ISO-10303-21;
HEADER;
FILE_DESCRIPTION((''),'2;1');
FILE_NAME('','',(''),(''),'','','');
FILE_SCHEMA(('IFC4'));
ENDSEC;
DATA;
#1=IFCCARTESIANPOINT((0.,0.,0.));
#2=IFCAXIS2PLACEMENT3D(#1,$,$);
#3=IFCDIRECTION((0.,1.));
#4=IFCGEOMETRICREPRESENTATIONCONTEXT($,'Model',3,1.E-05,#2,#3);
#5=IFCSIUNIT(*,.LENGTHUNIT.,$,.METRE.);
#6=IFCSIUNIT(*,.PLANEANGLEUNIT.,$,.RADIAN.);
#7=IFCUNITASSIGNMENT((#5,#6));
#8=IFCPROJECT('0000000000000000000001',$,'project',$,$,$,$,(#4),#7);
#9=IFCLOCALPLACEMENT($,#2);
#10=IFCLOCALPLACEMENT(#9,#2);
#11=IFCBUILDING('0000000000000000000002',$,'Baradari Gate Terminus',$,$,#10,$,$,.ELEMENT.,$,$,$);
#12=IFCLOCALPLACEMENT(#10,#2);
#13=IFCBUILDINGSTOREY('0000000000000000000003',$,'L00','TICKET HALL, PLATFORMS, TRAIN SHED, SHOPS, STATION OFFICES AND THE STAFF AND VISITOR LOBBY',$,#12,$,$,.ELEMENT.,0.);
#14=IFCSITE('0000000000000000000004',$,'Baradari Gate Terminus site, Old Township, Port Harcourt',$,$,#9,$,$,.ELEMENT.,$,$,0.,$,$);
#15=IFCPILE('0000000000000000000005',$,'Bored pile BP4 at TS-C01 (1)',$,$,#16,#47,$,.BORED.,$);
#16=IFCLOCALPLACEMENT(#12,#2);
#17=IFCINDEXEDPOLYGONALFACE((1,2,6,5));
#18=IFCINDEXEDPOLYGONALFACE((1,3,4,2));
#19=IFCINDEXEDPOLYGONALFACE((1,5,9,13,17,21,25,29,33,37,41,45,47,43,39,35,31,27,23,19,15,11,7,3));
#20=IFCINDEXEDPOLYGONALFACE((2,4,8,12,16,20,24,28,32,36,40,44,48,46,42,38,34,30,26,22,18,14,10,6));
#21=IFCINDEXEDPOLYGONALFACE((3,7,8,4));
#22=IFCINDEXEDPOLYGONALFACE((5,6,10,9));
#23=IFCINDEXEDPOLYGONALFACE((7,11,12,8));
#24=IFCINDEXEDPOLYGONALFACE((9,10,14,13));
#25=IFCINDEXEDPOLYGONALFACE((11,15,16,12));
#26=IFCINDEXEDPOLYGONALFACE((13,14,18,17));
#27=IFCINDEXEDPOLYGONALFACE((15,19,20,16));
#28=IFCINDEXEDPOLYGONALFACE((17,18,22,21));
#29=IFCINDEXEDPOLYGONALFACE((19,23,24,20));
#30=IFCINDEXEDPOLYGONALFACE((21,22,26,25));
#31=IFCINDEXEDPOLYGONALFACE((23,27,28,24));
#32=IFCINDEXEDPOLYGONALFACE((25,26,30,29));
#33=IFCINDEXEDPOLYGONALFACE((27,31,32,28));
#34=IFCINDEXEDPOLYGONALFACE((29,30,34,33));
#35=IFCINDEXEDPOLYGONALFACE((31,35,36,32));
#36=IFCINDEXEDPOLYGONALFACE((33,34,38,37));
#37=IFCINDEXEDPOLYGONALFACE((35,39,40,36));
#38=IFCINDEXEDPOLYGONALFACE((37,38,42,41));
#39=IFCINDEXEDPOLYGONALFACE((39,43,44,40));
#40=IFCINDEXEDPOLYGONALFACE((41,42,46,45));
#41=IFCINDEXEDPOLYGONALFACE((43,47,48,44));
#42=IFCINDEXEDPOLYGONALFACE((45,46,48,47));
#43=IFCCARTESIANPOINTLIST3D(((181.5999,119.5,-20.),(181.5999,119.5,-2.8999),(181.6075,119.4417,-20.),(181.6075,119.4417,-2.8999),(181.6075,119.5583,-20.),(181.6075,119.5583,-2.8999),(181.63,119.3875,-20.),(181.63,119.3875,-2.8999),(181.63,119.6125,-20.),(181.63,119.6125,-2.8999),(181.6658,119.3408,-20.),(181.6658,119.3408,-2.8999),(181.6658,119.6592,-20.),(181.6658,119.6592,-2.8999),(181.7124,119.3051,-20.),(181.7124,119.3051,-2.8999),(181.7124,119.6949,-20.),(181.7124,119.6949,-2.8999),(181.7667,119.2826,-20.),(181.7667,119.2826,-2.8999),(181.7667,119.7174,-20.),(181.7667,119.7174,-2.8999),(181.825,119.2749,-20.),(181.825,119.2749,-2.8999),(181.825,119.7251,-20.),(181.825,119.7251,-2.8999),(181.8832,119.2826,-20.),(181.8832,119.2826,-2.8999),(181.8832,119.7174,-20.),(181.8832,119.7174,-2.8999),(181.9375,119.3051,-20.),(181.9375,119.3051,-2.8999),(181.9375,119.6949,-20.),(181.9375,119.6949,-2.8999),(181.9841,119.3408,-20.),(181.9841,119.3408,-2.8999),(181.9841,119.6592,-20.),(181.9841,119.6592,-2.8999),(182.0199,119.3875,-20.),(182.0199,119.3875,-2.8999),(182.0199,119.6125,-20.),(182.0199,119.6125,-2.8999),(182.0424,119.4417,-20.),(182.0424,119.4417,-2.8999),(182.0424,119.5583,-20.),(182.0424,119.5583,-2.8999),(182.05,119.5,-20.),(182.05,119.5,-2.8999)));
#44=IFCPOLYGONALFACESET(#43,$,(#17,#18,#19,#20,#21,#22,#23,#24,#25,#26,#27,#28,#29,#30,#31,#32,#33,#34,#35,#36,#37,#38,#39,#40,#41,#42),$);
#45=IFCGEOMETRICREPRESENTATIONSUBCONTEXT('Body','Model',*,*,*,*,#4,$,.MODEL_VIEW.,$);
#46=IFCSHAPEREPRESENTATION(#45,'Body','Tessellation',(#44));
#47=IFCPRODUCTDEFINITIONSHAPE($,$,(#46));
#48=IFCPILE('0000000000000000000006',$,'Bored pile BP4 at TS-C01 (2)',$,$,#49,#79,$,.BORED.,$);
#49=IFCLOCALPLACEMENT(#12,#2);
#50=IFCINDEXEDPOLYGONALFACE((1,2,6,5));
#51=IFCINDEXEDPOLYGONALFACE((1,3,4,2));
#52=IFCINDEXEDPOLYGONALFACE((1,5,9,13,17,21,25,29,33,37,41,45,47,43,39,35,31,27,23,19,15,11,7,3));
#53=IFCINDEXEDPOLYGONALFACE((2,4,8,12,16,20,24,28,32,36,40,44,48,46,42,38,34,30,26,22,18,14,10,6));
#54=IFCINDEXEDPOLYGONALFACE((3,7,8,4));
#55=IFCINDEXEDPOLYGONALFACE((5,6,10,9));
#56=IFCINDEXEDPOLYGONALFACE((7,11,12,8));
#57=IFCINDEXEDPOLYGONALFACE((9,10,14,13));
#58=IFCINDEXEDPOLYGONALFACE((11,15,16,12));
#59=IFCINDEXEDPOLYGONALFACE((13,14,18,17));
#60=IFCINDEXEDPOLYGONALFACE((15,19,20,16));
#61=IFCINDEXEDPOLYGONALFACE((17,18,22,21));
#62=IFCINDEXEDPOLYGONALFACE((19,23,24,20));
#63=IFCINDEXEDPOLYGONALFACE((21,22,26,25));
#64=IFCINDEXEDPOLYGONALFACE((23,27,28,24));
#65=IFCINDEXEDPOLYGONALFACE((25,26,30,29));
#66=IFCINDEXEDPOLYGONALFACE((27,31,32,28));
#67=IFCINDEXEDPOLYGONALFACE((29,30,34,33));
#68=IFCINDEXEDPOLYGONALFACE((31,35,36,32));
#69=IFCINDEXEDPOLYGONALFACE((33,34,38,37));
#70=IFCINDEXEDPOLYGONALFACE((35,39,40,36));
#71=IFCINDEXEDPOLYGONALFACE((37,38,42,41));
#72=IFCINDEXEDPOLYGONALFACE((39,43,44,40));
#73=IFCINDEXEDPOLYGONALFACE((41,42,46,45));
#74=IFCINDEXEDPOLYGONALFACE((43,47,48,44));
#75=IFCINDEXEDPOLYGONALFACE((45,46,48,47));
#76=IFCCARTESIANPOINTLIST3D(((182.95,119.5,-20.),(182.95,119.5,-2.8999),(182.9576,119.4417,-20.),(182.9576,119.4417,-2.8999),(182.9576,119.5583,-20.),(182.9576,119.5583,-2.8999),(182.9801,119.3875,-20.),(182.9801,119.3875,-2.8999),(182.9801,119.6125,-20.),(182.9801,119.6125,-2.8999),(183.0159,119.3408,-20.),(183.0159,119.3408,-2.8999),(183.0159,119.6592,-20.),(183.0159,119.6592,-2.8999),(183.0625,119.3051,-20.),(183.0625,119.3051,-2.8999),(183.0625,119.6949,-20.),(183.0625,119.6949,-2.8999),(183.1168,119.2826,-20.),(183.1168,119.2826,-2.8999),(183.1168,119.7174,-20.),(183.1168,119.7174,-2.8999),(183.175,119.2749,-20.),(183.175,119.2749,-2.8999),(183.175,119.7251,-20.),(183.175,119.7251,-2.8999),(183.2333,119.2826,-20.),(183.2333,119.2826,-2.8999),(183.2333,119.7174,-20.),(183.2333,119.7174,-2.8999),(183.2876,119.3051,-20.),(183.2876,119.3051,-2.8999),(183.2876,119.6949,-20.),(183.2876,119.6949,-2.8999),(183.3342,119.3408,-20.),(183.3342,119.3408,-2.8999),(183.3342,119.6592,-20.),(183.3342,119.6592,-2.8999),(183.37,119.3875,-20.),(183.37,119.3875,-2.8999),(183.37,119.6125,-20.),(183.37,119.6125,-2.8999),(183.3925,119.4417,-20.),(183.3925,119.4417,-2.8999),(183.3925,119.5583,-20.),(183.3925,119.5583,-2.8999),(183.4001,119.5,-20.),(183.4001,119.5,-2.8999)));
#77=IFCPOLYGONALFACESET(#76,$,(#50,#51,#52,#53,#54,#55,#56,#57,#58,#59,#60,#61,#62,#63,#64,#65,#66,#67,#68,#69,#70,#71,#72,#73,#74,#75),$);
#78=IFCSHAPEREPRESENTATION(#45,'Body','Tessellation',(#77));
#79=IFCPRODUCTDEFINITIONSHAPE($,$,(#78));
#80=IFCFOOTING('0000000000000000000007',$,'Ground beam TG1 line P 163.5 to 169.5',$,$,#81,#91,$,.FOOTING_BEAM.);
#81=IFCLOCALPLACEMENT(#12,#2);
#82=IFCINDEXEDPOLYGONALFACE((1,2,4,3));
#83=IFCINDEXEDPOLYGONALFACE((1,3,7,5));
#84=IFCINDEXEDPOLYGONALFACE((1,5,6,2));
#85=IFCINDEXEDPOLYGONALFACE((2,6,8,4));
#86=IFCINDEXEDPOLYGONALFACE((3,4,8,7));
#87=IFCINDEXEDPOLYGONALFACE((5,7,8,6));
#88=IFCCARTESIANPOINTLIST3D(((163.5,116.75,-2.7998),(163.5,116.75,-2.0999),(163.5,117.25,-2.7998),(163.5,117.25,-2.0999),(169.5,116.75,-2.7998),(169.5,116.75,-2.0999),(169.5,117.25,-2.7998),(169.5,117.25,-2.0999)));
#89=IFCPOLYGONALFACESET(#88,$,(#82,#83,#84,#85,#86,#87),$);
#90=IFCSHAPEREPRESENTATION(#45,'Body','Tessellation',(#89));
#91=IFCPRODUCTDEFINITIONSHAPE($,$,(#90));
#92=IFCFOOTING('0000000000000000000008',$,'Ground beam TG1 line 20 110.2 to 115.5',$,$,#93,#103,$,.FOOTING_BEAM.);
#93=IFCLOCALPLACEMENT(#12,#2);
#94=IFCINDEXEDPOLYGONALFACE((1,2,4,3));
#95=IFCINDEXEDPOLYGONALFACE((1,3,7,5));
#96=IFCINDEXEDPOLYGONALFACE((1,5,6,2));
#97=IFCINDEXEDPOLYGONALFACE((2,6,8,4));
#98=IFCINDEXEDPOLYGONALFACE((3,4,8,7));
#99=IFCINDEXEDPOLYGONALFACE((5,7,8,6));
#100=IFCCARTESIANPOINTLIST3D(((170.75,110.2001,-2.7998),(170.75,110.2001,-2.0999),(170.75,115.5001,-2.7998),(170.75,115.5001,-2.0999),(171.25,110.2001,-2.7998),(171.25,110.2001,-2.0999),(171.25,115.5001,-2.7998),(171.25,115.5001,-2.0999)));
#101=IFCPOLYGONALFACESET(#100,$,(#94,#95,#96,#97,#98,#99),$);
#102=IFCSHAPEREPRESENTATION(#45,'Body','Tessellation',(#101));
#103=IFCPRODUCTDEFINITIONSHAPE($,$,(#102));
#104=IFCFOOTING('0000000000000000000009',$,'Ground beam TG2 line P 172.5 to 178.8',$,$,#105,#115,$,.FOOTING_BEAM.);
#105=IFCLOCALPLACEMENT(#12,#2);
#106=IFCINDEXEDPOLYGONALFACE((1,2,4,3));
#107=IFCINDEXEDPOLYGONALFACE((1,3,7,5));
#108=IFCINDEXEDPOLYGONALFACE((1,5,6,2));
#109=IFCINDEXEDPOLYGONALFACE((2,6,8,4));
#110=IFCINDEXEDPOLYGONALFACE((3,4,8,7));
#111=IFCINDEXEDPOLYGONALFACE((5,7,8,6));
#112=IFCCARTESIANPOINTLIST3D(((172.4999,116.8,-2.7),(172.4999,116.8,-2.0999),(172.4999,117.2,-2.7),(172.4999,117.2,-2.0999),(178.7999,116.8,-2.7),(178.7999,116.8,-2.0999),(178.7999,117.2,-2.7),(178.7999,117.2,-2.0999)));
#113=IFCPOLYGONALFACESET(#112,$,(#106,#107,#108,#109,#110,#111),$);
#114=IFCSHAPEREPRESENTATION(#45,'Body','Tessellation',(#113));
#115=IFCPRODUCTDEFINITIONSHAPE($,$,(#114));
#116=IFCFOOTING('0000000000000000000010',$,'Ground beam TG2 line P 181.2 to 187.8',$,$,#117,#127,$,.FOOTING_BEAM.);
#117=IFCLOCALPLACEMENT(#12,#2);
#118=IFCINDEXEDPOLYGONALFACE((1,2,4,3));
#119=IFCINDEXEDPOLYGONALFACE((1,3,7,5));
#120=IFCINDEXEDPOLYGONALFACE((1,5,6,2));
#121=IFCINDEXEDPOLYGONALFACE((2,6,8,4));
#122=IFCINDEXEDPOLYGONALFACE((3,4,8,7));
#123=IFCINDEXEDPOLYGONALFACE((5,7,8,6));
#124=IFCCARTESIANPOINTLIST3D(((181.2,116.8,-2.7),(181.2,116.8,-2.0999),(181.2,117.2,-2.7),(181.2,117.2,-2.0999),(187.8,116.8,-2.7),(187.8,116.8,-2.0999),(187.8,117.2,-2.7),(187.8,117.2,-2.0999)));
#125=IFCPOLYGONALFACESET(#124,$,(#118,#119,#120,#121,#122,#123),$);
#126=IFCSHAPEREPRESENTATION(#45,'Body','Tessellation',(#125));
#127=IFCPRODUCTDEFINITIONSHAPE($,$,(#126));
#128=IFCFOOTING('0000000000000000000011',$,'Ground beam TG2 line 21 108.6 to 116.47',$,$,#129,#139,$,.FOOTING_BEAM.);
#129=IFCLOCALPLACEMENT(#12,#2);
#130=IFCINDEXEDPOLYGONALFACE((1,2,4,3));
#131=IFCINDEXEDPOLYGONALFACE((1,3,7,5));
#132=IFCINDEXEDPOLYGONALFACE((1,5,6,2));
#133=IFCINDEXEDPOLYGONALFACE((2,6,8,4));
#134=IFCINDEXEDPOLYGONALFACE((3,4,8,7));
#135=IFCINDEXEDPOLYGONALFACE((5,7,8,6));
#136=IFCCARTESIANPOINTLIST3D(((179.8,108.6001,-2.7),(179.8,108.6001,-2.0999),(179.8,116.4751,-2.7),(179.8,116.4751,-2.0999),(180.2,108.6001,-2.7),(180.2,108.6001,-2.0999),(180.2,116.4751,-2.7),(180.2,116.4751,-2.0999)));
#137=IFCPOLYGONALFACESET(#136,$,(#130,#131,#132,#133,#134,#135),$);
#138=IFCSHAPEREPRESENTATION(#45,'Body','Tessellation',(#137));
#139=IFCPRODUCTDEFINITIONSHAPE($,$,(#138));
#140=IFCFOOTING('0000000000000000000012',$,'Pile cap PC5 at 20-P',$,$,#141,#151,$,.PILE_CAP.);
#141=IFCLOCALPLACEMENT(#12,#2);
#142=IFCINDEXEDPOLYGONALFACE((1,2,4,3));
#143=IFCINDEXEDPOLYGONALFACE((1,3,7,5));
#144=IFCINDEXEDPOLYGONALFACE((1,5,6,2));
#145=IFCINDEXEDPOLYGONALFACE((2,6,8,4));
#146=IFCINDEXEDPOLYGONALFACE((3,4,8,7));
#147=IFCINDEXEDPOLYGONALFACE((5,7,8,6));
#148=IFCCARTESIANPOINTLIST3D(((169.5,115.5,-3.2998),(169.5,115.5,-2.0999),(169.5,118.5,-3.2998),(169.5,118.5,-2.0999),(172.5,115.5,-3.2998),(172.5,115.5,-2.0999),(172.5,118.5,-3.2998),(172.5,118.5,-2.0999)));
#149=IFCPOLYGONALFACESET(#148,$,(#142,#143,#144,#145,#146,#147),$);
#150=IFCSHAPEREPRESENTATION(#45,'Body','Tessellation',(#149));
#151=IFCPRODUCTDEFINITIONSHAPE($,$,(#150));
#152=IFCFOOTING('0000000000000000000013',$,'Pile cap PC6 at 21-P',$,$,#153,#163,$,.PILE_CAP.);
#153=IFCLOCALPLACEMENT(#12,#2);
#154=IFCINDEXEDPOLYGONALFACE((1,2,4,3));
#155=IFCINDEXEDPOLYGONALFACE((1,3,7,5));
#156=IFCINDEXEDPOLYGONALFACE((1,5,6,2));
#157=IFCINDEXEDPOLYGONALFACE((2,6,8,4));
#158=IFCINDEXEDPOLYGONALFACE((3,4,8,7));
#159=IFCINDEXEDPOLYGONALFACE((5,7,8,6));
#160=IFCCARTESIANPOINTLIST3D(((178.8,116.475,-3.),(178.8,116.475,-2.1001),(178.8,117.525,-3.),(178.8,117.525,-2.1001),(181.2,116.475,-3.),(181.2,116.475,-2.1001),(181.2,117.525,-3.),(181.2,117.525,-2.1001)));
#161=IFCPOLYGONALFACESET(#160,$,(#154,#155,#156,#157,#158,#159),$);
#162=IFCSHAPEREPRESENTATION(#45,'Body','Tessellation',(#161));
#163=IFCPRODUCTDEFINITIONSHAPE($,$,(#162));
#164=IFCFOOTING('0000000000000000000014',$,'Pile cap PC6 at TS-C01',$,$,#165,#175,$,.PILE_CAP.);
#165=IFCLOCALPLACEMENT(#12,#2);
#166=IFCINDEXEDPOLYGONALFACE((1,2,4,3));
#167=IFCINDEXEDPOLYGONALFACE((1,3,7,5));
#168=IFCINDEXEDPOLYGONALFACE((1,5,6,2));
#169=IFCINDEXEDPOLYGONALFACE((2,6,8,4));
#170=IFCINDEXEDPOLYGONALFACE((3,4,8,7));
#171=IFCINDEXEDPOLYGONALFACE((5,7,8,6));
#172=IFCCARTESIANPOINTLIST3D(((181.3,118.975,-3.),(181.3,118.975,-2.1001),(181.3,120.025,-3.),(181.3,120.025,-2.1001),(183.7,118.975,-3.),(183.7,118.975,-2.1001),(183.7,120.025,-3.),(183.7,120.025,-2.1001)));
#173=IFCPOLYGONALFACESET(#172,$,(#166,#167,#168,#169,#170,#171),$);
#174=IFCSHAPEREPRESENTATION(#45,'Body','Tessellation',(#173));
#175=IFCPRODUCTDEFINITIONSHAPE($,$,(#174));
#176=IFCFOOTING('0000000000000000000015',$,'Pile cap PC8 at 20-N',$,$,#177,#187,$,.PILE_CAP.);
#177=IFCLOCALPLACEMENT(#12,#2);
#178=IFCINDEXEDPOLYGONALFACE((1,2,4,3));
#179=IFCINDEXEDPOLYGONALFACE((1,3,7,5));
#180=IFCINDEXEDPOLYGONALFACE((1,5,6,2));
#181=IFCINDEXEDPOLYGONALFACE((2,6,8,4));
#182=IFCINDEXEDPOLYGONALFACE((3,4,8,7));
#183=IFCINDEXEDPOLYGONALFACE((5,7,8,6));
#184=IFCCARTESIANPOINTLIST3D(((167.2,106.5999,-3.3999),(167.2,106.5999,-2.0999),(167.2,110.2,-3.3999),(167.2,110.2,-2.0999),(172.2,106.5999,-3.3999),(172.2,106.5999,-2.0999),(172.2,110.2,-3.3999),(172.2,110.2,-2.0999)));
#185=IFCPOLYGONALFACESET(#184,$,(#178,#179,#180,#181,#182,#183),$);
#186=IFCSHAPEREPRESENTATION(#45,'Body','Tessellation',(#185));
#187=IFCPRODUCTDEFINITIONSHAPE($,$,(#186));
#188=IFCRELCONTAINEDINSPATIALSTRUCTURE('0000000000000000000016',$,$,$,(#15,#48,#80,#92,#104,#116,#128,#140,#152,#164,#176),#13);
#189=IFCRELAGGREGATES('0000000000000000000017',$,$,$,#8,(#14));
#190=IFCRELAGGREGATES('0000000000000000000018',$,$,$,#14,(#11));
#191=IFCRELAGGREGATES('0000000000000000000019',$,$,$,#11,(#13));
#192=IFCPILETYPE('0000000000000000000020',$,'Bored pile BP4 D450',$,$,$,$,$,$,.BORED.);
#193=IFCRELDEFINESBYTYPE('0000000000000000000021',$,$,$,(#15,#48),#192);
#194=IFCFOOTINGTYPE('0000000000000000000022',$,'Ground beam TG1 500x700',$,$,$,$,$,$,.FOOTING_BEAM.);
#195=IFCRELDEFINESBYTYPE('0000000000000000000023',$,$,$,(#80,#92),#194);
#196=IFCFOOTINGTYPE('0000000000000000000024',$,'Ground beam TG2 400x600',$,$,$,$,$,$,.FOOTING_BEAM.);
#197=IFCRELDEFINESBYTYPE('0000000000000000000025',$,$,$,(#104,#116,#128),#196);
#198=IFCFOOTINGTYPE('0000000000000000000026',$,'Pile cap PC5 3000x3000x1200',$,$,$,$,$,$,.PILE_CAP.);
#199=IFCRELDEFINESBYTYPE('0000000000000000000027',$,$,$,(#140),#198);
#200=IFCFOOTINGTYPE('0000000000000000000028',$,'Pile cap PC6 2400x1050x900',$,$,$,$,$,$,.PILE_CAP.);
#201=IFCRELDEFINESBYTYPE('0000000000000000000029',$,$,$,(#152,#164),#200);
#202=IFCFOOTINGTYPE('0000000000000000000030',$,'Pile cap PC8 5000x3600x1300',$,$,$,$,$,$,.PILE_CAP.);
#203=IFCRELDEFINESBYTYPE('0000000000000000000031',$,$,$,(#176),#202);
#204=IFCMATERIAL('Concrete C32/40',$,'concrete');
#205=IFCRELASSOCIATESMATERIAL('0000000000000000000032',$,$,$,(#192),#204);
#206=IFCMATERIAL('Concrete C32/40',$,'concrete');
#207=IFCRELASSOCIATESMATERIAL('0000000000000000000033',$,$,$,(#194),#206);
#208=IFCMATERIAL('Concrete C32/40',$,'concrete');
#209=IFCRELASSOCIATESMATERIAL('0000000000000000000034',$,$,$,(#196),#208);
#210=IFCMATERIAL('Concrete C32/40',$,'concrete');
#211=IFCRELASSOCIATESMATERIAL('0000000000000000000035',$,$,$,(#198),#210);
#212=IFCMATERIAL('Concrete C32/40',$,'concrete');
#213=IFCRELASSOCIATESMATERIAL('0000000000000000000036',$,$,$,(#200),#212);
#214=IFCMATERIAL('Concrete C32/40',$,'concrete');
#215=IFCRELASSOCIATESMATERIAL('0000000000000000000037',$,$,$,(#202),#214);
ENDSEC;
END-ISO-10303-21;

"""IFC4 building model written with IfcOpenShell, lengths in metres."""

from ifc_helpers import new_model, si_unit, direction, frame, origin, origin_2d, place, context, subcontext, project, spatial, rectangle, circle, extrude, material, type_object, element, save


model = new_model("IFC4")

# Units and contexts
model_context = context("Model", 3, precision=1e-05, world=origin(), true_north=direction((0.0, 1.0)))
body_context = subcontext(model_context, "Body", "Model", "MODEL_VIEW")
ifc_project = project(units=[si_unit("LENGTHUNIT", "METRE"), si_unit("PLANEANGLEUNIT", "RADIAN")], contexts=[model_context])

# Site, building, storey
site_placement = place(None, origin())
site = spatial("IfcSite", under=ifc_project, at=site_placement, Name="Baradari Gate Terminus site, Old Township, Port Harcourt", CompositionType="ELEMENT", RefElevation=0.0)
building_placement = place(site_placement, origin())
building = spatial("IfcBuilding", under=site, at=building_placement, Name="Baradari Gate Terminus", CompositionType="ELEMENT")
storey_placement = place(building_placement, origin())
storey = spatial("IfcBuildingStorey", under=building, at=storey_placement, Name="L00", Description="TICKET HALL, PLATFORMS, TRAIN SHED, SHOPS, STATION OFFICES AND THE STAFF AND VISITOR LOBBY", CompositionType="ELEMENT", Elevation=0.0)

# Piles
ifc_material_1 = material(Name="Concrete C32/40", Category="concrete")
pile_type_1 = type_object("IfcPileType", Name="Bored pile BP4 D450", PredefinedType="BORED", material=ifc_material_1)
for number, where, z_axis, x_axis, name in (
    (1, (181.825, 119.5, -2.8999), (0.0, 0.0, -1.0), (1.0, 0.0, 0.0), "Bored pile BP4 at TS-C01 (1)"),
    (2, (183.175, 119.5, -2.8999), (0.0, 0.0, -1.0), (1.0, 0.0, 0.0), "Bored pile BP4 at TS-C01 (2)"),
):
    element("IfcPile", number, at=place(storey_placement, frame(where, z_axis=z_axis, x_axis=x_axis)), inside=storey, type_object=pile_type_1, Name=name, PredefinedType="BORED", context=body_context, shape_type="SweptSolid", body=[
        extrude(circle(Radius=0.2251, at=origin_2d()), origin(), (0.0, 0.0, 1.0), 17.1001),
    ])

# Footings
ifc_material_2 = material(Name="Concrete C32/40", Category="concrete")
footing_type_1 = type_object("IfcFootingType", Name="Ground beam TG1 500x700", PredefinedType="FOOTING_BEAM", material=ifc_material_2)
footing_1_placement = place(storey_placement, frame((166.5, 117.0, -2.7998), z_axis=(0.0, 0.0, 1.0), x_axis=(1.0, 0.0, 0.0)))
element("IfcFooting", 3, at=footing_1_placement, inside=storey, type_object=footing_type_1, Name="Ground beam TG1 line P 163.5 to 169.5", PredefinedType="FOOTING_BEAM", context=body_context, shape_type="SweptSolid", body=[
    extrude(rectangle(XDim=6.0, YDim=0.5, at=origin_2d()), origin(), (0.0, 0.0, 1.0), 0.7),
])
footing_2_placement = place(storey_placement, frame((171.0, 112.8501, -2.7998), z_axis=(0.0, 0.0, 1.0), x_axis=(1.0, 0.0, 0.0)))
element("IfcFooting", 4, at=footing_2_placement, inside=storey, type_object=footing_type_1, Name="Ground beam TG1 line 20 110.2 to 115.5", PredefinedType="FOOTING_BEAM", context=body_context, shape_type="SweptSolid", body=[
    extrude(rectangle(XDim=0.5, YDim=5.3, at=origin_2d()), origin(), (0.0, 0.0, 1.0), 0.7),
])
ifc_material_3 = material(Name="Concrete C32/40", Category="concrete")
footing_type_2 = type_object("IfcFootingType", Name="Ground beam TG2 400x600", PredefinedType="FOOTING_BEAM", material=ifc_material_3)
footing_3_placement = place(storey_placement, frame((175.6499, 117.0, -2.7), z_axis=(0.0, 0.0, 1.0), x_axis=(1.0, 0.0, 0.0)))
element("IfcFooting", 5, at=footing_3_placement, inside=storey, type_object=footing_type_2, Name="Ground beam TG2 line P 172.5 to 178.8", PredefinedType="FOOTING_BEAM", context=body_context, shape_type="SweptSolid", body=[
    extrude(rectangle(XDim=6.3, YDim=0.3999, at=origin_2d()), origin(), (0.0, 0.0, 1.0), 0.6001),
])
footing_4_placement = place(storey_placement, frame((184.5, 117.0, -2.7), z_axis=(0.0, 0.0, 1.0), x_axis=(1.0, 0.0, 0.0)))
element("IfcFooting", 6, at=footing_4_placement, inside=storey, type_object=footing_type_2, Name="Ground beam TG2 line P 181.2 to 187.8", PredefinedType="FOOTING_BEAM", context=body_context, shape_type="SweptSolid", body=[
    extrude(rectangle(XDim=6.6001, YDim=0.3999, at=origin_2d()), origin(), (0.0, 0.0, 1.0), 0.6001),
])
footing_5_placement = place(storey_placement, frame((180.0, 112.5376, -2.7), z_axis=(0.0, 0.0, 1.0), x_axis=(1.0, 0.0, 0.0)))
element("IfcFooting", 7, at=footing_5_placement, inside=storey, type_object=footing_type_2, Name="Ground beam TG2 line 21 108.6 to 116.47", PredefinedType="FOOTING_BEAM", context=body_context, shape_type="SweptSolid", body=[
    extrude(rectangle(XDim=0.3999, YDim=7.875, at=origin_2d()), origin(), (0.0, 0.0, 1.0), 0.6001),
])
ifc_material_4 = material(Name="Concrete C32/40", Category="concrete")
footing_type_3 = type_object("IfcFootingType", Name="Pile cap PC5 3000x3000x1200", PredefinedType="PILE_CAP", material=ifc_material_4)
footing_6_placement = place(storey_placement, frame((171.0, 117.0, -3.2998), z_axis=(0.0, 0.0, 1.0), x_axis=(1.0, 0.0, 0.0)))
element("IfcFooting", 8, at=footing_6_placement, inside=storey, type_object=footing_type_3, Name="Pile cap PC5 at 20-P", PredefinedType="PILE_CAP", context=body_context, shape_type="SweptSolid", body=[
    extrude(rectangle(XDim=3.0, YDim=3.0, at=origin_2d()), origin(), (0.0, 0.0, 1.0), 1.2),
])
ifc_material_5 = material(Name="Concrete C32/40", Category="concrete")
footing_type_4 = type_object("IfcFootingType", Name="Pile cap PC6 2400x1050x900", PredefinedType="PILE_CAP", material=ifc_material_5)
for number, where, z_axis, x_axis, name in (
    (9, (180.0, 117.0, -3.0), (0.0, 0.0, 1.0), (1.0, 0.0, 0.0), "Pile cap PC6 at 21-P"),
    (10, (182.5, 119.5, -3.0), (0.0, 0.0, 1.0), (1.0, 0.0, 0.0), "Pile cap PC6 at TS-C01"),
):
    element("IfcFooting", number, at=place(storey_placement, frame(where, z_axis=z_axis, x_axis=x_axis)), inside=storey, type_object=footing_type_4, Name=name, PredefinedType="PILE_CAP", context=body_context, shape_type="SweptSolid", body=[
        extrude(rectangle(XDim=2.3999, YDim=1.05, at=origin_2d()), origin(), (0.0, 0.0, 1.0), 0.8999),
    ])
ifc_material_6 = material(Name="Concrete C32/40", Category="concrete")
footing_type_5 = type_object("IfcFootingType", Name="Pile cap PC8 5000x3600x1300", PredefinedType="PILE_CAP", material=ifc_material_6)
footing_7_placement = place(storey_placement, frame((169.7, 108.3999, -3.3999), z_axis=(0.0, 0.0, 1.0), x_axis=(1.0, 0.0, 0.0)))
element("IfcFooting", 11, at=footing_7_placement, inside=storey, type_object=footing_type_5, Name="Pile cap PC8 at 20-N", PredefinedType="PILE_CAP", context=body_context, shape_type="SweptSolid", body=[
    extrude(rectangle(XDim=5.0, YDim=3.6001, at=origin_2d()), origin(), (0.0, 0.0, 1.0), 1.3),
])

save(model, "model.ifc")
